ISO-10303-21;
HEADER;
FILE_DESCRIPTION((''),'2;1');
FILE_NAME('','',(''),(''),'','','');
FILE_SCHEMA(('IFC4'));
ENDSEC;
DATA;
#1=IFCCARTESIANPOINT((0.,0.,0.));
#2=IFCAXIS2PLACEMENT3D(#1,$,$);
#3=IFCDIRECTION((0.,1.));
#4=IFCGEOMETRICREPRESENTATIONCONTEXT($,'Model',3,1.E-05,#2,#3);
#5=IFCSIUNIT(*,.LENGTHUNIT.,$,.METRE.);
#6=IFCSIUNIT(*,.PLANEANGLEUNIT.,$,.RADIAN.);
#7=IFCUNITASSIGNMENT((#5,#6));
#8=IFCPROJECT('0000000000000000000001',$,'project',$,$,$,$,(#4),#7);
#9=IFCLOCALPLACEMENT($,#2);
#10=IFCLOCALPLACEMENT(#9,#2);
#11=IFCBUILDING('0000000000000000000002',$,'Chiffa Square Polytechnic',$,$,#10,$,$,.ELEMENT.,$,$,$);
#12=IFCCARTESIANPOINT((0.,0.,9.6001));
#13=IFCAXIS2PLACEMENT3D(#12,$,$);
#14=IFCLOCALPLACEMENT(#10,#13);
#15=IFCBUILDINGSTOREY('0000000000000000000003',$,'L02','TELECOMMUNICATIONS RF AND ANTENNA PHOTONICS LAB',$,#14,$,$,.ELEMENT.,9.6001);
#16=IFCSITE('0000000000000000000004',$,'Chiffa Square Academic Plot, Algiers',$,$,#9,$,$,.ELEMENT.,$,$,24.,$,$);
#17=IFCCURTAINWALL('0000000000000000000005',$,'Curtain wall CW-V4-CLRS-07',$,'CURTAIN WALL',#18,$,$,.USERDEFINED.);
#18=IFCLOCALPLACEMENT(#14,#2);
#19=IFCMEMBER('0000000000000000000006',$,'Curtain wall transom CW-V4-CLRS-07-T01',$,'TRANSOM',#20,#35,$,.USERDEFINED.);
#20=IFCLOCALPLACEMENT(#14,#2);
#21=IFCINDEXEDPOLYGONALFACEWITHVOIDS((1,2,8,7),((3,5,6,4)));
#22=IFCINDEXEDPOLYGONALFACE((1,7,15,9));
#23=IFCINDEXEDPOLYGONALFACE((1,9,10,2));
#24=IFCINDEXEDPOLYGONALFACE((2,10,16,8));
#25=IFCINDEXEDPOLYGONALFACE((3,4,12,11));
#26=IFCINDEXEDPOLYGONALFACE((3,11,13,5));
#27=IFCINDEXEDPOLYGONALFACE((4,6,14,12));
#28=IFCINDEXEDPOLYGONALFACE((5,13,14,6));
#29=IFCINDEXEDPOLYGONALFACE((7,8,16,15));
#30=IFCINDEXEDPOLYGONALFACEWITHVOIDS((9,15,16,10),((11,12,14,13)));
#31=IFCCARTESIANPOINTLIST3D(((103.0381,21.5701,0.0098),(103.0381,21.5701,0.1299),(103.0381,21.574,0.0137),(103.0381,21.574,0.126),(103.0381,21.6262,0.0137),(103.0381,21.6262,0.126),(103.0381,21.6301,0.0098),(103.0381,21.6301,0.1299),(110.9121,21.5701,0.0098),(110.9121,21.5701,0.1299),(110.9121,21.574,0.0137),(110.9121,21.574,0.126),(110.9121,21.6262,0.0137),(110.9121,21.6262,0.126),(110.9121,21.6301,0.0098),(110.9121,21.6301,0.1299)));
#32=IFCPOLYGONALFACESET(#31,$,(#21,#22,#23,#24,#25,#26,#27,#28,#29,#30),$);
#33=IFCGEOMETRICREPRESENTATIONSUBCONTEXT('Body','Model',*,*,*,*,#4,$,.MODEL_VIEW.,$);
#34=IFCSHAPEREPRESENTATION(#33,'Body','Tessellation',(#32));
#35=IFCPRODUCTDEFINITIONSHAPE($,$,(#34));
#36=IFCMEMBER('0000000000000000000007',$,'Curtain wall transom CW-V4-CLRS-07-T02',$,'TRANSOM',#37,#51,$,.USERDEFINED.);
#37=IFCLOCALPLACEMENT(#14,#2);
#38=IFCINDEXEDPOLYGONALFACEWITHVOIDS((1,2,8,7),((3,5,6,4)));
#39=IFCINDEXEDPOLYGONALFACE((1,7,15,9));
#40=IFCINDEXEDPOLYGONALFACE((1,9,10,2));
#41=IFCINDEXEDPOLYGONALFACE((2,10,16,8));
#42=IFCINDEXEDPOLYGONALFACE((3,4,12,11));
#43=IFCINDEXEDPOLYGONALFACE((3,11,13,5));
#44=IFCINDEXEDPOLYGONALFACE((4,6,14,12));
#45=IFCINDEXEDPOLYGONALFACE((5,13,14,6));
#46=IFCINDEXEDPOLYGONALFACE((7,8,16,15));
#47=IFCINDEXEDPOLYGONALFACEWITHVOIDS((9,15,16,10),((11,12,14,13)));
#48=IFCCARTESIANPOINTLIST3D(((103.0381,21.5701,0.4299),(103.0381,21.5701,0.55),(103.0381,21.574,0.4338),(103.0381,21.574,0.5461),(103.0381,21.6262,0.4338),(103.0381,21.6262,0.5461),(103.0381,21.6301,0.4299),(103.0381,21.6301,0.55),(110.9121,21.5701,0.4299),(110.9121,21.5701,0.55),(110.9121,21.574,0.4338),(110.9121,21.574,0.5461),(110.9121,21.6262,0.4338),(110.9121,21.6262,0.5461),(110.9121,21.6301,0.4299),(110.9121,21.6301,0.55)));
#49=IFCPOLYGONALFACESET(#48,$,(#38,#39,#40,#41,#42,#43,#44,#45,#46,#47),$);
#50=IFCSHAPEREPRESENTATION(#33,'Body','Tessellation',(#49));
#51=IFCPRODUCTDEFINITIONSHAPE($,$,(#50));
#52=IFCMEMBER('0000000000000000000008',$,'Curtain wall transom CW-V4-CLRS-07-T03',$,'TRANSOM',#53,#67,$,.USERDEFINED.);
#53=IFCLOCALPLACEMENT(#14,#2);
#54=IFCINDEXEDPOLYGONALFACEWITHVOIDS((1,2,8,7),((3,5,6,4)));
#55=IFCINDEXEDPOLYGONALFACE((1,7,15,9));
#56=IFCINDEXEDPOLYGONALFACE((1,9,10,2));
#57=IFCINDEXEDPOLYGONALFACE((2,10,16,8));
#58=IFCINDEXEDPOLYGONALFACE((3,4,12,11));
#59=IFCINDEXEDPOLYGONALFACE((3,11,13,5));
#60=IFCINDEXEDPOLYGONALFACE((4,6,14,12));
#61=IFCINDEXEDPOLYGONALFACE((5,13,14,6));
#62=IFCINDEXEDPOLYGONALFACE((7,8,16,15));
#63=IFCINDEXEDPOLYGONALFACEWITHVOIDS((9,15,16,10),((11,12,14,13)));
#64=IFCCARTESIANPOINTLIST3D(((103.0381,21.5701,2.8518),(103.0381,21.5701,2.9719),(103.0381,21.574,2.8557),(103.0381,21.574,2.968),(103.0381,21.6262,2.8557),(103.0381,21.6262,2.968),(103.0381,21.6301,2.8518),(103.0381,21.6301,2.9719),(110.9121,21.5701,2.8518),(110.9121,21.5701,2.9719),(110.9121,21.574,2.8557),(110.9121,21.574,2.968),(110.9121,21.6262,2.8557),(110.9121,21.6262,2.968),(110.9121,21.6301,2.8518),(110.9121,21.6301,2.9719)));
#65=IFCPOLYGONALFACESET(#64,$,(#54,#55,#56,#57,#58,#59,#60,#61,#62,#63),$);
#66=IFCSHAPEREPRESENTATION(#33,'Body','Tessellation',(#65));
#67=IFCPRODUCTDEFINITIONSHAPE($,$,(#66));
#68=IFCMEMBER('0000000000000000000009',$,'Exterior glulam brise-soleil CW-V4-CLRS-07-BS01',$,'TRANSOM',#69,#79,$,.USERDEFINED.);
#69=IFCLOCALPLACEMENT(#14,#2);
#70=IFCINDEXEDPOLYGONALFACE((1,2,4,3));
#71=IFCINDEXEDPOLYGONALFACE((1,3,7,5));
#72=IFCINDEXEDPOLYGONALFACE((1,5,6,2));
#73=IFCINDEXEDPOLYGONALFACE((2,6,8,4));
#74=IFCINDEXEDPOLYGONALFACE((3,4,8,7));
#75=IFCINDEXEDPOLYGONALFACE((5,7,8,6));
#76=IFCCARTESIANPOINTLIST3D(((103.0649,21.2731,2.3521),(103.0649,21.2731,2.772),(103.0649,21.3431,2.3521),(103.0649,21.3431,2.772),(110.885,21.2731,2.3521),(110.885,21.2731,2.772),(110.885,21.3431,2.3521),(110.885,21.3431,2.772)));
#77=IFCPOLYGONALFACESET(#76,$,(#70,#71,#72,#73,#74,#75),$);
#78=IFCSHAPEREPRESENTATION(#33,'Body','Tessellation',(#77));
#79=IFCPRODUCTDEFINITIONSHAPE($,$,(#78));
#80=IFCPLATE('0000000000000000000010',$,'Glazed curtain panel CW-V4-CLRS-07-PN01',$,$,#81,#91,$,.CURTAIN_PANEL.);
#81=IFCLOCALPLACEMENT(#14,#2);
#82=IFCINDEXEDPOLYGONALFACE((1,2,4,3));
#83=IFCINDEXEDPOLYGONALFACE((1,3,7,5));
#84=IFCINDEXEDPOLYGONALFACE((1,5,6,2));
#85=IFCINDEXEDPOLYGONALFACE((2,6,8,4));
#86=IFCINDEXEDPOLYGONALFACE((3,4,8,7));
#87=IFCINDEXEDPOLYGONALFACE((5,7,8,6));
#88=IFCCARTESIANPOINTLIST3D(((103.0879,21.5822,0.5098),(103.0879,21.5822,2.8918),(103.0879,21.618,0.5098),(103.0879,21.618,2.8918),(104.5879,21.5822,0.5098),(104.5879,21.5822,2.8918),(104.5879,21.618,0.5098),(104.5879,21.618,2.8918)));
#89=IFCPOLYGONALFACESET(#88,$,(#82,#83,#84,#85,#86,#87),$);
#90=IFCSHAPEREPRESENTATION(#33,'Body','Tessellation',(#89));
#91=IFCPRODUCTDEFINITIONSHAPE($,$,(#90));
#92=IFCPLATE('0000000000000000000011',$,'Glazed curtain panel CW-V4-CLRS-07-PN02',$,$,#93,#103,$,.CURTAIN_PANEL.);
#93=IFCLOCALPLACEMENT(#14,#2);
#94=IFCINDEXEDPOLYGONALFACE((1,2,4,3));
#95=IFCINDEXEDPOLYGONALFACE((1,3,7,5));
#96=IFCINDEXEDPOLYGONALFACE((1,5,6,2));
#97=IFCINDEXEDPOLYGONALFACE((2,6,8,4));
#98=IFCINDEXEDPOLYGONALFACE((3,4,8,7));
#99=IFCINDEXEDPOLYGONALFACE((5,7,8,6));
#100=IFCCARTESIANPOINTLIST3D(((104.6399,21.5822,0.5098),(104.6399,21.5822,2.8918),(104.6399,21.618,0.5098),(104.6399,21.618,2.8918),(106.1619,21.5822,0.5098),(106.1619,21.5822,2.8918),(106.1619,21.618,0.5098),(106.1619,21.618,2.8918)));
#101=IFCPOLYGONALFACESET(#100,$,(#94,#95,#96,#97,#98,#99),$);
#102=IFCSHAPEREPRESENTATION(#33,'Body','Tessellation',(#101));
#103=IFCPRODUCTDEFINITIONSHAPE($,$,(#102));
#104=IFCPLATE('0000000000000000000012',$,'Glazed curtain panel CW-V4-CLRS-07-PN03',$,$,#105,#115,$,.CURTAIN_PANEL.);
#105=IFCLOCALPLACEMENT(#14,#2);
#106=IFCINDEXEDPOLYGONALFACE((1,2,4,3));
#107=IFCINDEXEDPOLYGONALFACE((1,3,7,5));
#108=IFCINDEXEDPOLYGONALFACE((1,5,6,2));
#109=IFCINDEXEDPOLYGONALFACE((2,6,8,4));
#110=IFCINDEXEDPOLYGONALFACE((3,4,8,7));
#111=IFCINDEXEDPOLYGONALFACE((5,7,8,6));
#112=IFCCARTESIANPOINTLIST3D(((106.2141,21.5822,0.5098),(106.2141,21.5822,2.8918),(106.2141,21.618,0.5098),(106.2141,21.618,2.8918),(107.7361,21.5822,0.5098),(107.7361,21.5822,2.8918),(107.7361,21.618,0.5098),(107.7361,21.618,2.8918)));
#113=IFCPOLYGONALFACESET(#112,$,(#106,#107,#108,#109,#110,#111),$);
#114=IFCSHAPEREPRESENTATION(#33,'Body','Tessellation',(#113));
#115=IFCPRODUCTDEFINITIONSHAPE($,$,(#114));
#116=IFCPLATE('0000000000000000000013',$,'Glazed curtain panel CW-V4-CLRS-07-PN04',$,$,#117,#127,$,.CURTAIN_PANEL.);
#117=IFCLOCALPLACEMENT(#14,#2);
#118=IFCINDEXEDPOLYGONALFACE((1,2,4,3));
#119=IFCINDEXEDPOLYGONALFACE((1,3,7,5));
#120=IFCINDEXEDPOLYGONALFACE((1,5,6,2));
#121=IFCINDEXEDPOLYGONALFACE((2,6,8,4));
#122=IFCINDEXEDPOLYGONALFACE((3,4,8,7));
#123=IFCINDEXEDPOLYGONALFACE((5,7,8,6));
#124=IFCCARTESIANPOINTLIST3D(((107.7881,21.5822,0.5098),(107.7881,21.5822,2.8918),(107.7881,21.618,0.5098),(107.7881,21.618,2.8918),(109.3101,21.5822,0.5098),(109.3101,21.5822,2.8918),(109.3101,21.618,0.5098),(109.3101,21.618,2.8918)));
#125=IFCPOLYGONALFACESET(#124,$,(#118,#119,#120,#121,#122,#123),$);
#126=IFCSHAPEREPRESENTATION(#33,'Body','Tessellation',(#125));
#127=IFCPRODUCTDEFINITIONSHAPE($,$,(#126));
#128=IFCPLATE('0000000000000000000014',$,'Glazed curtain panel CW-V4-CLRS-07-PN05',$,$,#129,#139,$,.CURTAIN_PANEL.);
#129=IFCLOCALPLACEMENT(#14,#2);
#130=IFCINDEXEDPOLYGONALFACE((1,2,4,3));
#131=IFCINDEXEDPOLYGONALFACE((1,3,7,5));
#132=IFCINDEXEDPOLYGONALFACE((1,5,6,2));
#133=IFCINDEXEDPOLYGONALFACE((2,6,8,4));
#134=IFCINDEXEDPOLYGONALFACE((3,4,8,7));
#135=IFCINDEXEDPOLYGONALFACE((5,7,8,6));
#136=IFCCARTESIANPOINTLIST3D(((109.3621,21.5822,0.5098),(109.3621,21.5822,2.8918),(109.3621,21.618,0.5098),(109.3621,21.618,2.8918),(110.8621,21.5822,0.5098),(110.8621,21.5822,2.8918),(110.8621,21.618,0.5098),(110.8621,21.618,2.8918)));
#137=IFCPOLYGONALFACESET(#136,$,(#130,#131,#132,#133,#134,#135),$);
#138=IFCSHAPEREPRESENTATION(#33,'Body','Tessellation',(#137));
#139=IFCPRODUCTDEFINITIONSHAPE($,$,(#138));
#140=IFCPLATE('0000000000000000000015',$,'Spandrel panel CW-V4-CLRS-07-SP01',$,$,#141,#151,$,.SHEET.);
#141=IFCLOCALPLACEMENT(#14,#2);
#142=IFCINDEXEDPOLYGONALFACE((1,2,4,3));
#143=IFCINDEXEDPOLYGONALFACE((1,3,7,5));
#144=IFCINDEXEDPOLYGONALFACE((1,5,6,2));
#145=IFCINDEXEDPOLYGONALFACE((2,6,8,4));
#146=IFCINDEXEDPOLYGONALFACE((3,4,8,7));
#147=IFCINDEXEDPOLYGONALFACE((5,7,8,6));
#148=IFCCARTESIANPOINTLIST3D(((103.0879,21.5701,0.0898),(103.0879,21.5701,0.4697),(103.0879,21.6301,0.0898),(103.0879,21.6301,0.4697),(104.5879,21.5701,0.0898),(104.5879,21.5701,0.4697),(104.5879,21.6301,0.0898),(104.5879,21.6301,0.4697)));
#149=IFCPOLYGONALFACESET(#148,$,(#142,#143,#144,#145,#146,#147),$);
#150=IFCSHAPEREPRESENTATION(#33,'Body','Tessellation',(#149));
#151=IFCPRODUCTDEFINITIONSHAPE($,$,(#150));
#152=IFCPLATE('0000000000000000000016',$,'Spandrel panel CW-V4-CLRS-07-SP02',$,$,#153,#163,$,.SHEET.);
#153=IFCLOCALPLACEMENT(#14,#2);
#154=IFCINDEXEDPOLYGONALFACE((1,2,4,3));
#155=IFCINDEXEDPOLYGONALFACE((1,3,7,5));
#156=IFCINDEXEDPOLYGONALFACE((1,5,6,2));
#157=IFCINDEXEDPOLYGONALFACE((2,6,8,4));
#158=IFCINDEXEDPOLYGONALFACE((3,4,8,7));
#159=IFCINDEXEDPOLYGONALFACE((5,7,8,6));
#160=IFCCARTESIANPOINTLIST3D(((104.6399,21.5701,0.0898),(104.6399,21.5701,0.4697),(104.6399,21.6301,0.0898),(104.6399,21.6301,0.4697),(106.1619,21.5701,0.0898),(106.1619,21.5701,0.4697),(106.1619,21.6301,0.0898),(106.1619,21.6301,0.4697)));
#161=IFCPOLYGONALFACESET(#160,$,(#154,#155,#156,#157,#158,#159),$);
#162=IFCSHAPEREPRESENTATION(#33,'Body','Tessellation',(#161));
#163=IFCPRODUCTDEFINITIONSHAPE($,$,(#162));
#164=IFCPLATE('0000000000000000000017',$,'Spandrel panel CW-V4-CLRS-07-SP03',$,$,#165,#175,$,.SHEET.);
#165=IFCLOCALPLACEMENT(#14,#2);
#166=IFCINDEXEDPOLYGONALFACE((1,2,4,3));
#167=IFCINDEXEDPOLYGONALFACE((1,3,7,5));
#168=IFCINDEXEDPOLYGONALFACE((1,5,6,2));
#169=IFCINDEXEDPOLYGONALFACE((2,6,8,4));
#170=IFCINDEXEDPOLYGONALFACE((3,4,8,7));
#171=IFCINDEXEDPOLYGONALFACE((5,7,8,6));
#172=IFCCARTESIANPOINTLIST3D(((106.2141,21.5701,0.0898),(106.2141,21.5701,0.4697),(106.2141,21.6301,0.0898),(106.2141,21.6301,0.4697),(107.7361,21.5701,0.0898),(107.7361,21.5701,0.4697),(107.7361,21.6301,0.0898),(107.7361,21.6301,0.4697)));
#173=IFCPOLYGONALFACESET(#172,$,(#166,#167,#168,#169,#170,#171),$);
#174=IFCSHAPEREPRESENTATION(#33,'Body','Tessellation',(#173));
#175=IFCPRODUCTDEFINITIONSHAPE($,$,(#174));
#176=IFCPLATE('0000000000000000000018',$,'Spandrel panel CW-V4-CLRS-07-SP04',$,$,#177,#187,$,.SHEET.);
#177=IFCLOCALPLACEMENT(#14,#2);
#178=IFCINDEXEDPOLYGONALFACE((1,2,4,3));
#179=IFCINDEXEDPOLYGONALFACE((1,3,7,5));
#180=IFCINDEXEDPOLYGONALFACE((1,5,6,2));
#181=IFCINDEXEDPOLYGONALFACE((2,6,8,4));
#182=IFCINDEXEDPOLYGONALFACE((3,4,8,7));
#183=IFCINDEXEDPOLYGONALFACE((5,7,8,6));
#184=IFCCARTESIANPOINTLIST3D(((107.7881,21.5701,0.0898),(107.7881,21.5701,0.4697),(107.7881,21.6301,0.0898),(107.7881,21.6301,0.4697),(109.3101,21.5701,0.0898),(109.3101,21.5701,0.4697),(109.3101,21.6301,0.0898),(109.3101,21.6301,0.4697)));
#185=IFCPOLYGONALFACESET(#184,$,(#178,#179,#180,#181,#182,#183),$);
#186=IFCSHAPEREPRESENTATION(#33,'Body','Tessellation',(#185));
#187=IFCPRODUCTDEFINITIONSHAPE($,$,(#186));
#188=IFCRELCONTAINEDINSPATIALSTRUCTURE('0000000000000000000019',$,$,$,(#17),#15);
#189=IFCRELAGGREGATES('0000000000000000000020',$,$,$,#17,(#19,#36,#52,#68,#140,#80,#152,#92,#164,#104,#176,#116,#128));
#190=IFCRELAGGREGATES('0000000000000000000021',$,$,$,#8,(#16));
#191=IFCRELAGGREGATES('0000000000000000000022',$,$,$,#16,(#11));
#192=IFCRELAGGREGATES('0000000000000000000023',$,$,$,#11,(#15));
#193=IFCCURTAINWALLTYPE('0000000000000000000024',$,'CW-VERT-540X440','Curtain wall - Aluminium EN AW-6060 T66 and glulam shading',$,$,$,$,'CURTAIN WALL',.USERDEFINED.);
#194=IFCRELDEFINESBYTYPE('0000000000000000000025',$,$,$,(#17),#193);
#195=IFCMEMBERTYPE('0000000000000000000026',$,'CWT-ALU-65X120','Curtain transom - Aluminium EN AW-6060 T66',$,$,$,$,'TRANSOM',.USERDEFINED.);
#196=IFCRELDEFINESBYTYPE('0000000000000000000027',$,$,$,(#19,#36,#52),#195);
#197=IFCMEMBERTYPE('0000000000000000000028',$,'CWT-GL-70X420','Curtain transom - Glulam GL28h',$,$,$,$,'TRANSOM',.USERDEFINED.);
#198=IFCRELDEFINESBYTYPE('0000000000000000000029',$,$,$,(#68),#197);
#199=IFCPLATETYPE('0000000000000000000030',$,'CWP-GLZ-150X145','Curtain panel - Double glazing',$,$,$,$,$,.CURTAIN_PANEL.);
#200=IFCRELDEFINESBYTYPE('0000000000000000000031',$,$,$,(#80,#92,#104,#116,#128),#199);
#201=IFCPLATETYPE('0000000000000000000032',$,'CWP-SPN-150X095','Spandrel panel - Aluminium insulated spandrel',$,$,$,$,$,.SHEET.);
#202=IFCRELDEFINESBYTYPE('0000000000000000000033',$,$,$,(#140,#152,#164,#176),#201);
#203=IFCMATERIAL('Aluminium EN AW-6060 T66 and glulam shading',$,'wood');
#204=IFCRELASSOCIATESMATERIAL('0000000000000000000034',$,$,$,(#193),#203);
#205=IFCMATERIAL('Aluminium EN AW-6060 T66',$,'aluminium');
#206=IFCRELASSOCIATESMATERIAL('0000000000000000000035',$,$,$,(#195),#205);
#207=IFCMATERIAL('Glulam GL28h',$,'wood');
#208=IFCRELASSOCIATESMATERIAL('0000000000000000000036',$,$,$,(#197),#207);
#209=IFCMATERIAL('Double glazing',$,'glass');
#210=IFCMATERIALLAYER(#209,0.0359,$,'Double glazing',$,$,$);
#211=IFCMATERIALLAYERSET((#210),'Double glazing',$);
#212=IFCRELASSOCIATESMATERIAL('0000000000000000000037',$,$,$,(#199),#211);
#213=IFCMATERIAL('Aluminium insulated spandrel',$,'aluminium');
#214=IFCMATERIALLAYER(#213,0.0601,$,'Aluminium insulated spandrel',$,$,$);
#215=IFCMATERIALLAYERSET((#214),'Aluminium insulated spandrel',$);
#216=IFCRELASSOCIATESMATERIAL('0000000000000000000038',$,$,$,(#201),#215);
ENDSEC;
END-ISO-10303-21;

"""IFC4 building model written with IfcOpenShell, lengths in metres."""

from ifc_helpers import new_model, si_unit, direction, frame, origin, origin_2d, place, context, subcontext, project, spatial, rectangle, hollow_rectangle, extrude, material, layer, layer_set, material_profile, profile_set, type_object, element, aggregate, save


model = new_model("IFC4")

# Units and contexts
model_context = context("Model", 3, precision=1e-05, world=origin(), true_north=direction((0.0, 1.0)))
body_context = subcontext(model_context, "Body", "Model", "MODEL_VIEW")
ifc_project = project(units=[si_unit("LENGTHUNIT", "METRE"), si_unit("PLANEANGLEUNIT", "RADIAN")], contexts=[model_context])

# Site, building, storey
site_placement = place(None, origin())
site = spatial("IfcSite", under=ifc_project, at=site_placement, Name="Chiffa Square Academic Plot, Algiers", CompositionType="ELEMENT", RefElevation=24.0)
building_placement = place(site_placement, origin())
building = spatial("IfcBuilding", under=site, at=building_placement, Name="Chiffa Square Polytechnic", CompositionType="ELEMENT")
storey_placement = place(building_placement, frame((0.0, 0.0, 9.6001)))
storey = spatial("IfcBuildingStorey", under=building, at=storey_placement, Name="L02", Description="TELECOMMUNICATIONS RF AND ANTENNA PHOTONICS LAB", CompositionType="ELEMENT", Elevation=9.6001)

# Curtain wall, members, plates
ifc_material_1 = material(Name="Aluminium EN AW-6060 T66 and glulam shading", Category="wood")
curtain_wall_type = type_object("IfcCurtainWallType", Name="CW-VERT-540X440", Description="Curtain wall - Aluminium EN AW-6060 T66 and glulam shading", ElementType="CURTAIN WALL", PredefinedType="USERDEFINED", material=ifc_material_1)
curtain_wall_placement = place(storey_placement, origin())
curtain_wall = element("IfcCurtainWall", 1, at=curtain_wall_placement, inside=storey, type_object=curtain_wall_type, Name="Curtain wall CW-V4-CLRS-07", ObjectType="CURTAIN WALL", PredefinedType="USERDEFINED")
ifc_material_2 = material(Name="Aluminium EN AW-6060 T66", Category="aluminium")
ifc_material_3 = material(Name="Glulam GL28h", Category="wood")
ifc_material_profile_1 = material_profile(ifc_material_2, hollow_rectangle(XDim=0.0601, YDim=0.1201, WallThickness=0.0039, at=origin_2d()), Name="ALU 60x120x4")
ifc_profile_set_1 = profile_set([ifc_material_profile_1], Name="Aluminium EN AW-6060 T66")
member_type_1 = type_object("IfcMemberType", Name="CWT-ALU-65X120", Description="Curtain transom - Aluminium EN AW-6060 T66", ElementType="TRANSOM", PredefinedType="USERDEFINED", material=ifc_profile_set_1)
member_1_placement = place(storey_placement, frame((103.0381, 21.6001, 0.0698), z_axis=(1.0, 0.0, 0.0), x_axis=(0.0, 1.0, 0.0)))
member_1 = element("IfcMember", 2, at=member_1_placement, type_object=member_type_1, Name="Curtain wall transom CW-V4-CLRS-07-T01", ObjectType="TRANSOM", PredefinedType="USERDEFINED", context=body_context, shape_type="SweptSolid", body=[
    extrude(hollow_rectangle(XDim=0.0601, YDim=0.1201, WallThickness=0.0039, at=origin_2d()), origin(), (0.0, 0.0, 1.0), 7.874),
])
member_2_placement = place(storey_placement, frame((103.0381, 21.6001, 0.49), z_axis=(1.0, 0.0, 0.0), x_axis=(0.0, 1.0, 0.0)))
member_2 = element("IfcMember", 3, at=member_2_placement, type_object=member_type_1, Name="Curtain wall transom CW-V4-CLRS-07-T02", ObjectType="TRANSOM", PredefinedType="USERDEFINED", context=body_context, shape_type="SweptSolid", body=[
    extrude(hollow_rectangle(XDim=0.0601, YDim=0.1201, WallThickness=0.0039, at=origin_2d()), origin(), (0.0, 0.0, 1.0), 7.874),
])
member_3_placement = place(storey_placement, frame((103.0381, 21.6001, 2.9119), z_axis=(1.0, 0.0, 0.0), x_axis=(0.0, 1.0, 0.0)))
member_3 = element("IfcMember", 4, at=member_3_placement, type_object=member_type_1, Name="Curtain wall transom CW-V4-CLRS-07-T03", ObjectType="TRANSOM", PredefinedType="USERDEFINED", context=body_context, shape_type="SweptSolid", body=[
    extrude(hollow_rectangle(XDim=0.0601, YDim=0.1201, WallThickness=0.0039, at=origin_2d()), origin(), (0.0, 0.0, 1.0), 7.874),
])
ifc_material_profile_2 = material_profile(ifc_material_3, rectangle(XDim=0.0701, YDim=0.4199, at=origin_2d()), Name="GL28h 70x420")
ifc_profile_set_2 = profile_set([ifc_material_profile_2], Name="Glulam GL28h")
member_type_2 = type_object("IfcMemberType", Name="CWT-GL-70X420", Description="Curtain transom - Glulam GL28h", ElementType="TRANSOM", PredefinedType="USERDEFINED", material=ifc_profile_set_2)
member_4_placement = place(storey_placement, frame((103.0649, 21.3081, 2.562), z_axis=(1.0, 0.0, 0.0), x_axis=(0.0, 1.0, 0.0)))
member_4 = element("IfcMember", 5, at=member_4_placement, type_object=member_type_2, Name="Exterior glulam brise-soleil CW-V4-CLRS-07-BS01", ObjectType="TRANSOM", PredefinedType="USERDEFINED", context=body_context, shape_type="SweptSolid", body=[
    extrude(rectangle(XDim=0.0701, YDim=0.4199, at=origin_2d()), origin(), (0.0, 0.0, 1.0), 7.8201),
])
ifc_material_4 = material(Name="Double glazing", Category="glass")
ifc_layer_1 = layer(ifc_material_4, 0.0359, Name="Double glazing")
ifc_layer_set_1 = layer_set([ifc_layer_1], Name="Double glazing")
plate_type_1 = type_object("IfcPlateType", Name="CWP-GLZ-150X145", Description="Curtain panel - Double glazing", PredefinedType="CURTAIN_PANEL", material=ifc_layer_set_1)
plate_1_placement = place(storey_placement, frame((103.8379, 21.6001, 0.5098), z_axis=(0.0, 0.0, 1.0), x_axis=(1.0, 0.0, 0.0)))
plate_1 = element("IfcPlate", 6, at=plate_1_placement, type_object=plate_type_1, Name="Glazed curtain panel CW-V4-CLRS-07-PN01", PredefinedType="CURTAIN_PANEL", context=body_context, shape_type="SweptSolid", body=[
    extrude(rectangle(XDim=1.5, YDim=0.0359, at=origin_2d()), origin(), (0.0, 0.0, 1.0), 2.3821),
])
plate_2_placement = place(storey_placement, frame((105.4009, 21.6001, 0.5098), z_axis=(0.0, 0.0, 1.0), x_axis=(1.0, 0.0, 0.0)))
plate_2 = element("IfcPlate", 7, at=plate_2_placement, type_object=plate_type_1, Name="Glazed curtain panel CW-V4-CLRS-07-PN02", PredefinedType="CURTAIN_PANEL", context=body_context, shape_type="SweptSolid", body=[
    extrude(rectangle(XDim=1.522, YDim=0.0359, at=origin_2d()), origin(), (0.0, 0.0, 1.0), 2.3821),
])
plate_3_placement = place(storey_placement, frame((106.9751, 21.6001, 0.5098), z_axis=(0.0, 0.0, 1.0), x_axis=(1.0, 0.0, 0.0)))
plate_3 = element("IfcPlate", 8, at=plate_3_placement, type_object=plate_type_1, Name="Glazed curtain panel CW-V4-CLRS-07-PN03", PredefinedType="CURTAIN_PANEL", context=body_context, shape_type="SweptSolid", body=[
    extrude(rectangle(XDim=1.522, YDim=0.0359, at=origin_2d()), origin(), (0.0, 0.0, 1.0), 2.3821),
])
plate_4_placement = place(storey_placement, frame((108.5491, 21.6001, 0.5098), z_axis=(0.0, 0.0, 1.0), x_axis=(1.0, 0.0, 0.0)))
plate_4 = element("IfcPlate", 9, at=plate_4_placement, type_object=plate_type_1, Name="Glazed curtain panel CW-V4-CLRS-07-PN04", PredefinedType="CURTAIN_PANEL", context=body_context, shape_type="SweptSolid", body=[
    extrude(rectangle(XDim=1.522, YDim=0.0359, at=origin_2d()), origin(), (0.0, 0.0, 1.0), 2.3821),
])
plate_5_placement = place(storey_placement, frame((110.1121, 21.6001, 0.5098), z_axis=(0.0, 0.0, 1.0), x_axis=(1.0, 0.0, 0.0)))
plate_5 = element("IfcPlate", 10, at=plate_5_placement, type_object=plate_type_1, Name="Glazed curtain panel CW-V4-CLRS-07-PN05", PredefinedType="CURTAIN_PANEL", context=body_context, shape_type="SweptSolid", body=[
    extrude(rectangle(XDim=1.5, YDim=0.0359, at=origin_2d()), origin(), (0.0, 0.0, 1.0), 2.3821),
])
ifc_material_5 = material(Name="Aluminium insulated spandrel", Category="aluminium")
ifc_layer_2 = layer(ifc_material_5, 0.0601, Name="Aluminium insulated spandrel")
ifc_layer_set_2 = layer_set([ifc_layer_2], Name="Aluminium insulated spandrel")
plate_type_2 = type_object("IfcPlateType", Name="CWP-SPN-150X095", Description="Spandrel panel - Aluminium insulated spandrel", PredefinedType="SHEET", material=ifc_layer_set_2)
plate_6_placement = place(storey_placement, frame((103.8379, 21.6001, 0.0898), z_axis=(0.0, 0.0, 1.0), x_axis=(1.0, 0.0, 0.0)))
plate_6 = element("IfcPlate", 11, at=plate_6_placement, type_object=plate_type_2, Name="Spandrel panel CW-V4-CLRS-07-SP01", PredefinedType="SHEET", context=body_context, shape_type="SweptSolid", body=[
    extrude(rectangle(XDim=1.5, YDim=0.0601, at=origin_2d()), origin(), (0.0, 0.0, 1.0), 0.3799),
])
plate_7_placement = place(storey_placement, frame((105.4009, 21.6001, 0.0898), z_axis=(0.0, 0.0, 1.0), x_axis=(1.0, 0.0, 0.0)))
plate_7 = element("IfcPlate", 12, at=plate_7_placement, type_object=plate_type_2, Name="Spandrel panel CW-V4-CLRS-07-SP02", PredefinedType="SHEET", context=body_context, shape_type="SweptSolid", body=[
    extrude(rectangle(XDim=1.522, YDim=0.0601, at=origin_2d()), origin(), (0.0, 0.0, 1.0), 0.3799),
])
plate_8_placement = place(storey_placement, frame((106.9751, 21.6001, 0.0898), z_axis=(0.0, 0.0, 1.0), x_axis=(1.0, 0.0, 0.0)))
plate_8 = element("IfcPlate", 13, at=plate_8_placement, type_object=plate_type_2, Name="Spandrel panel CW-V4-CLRS-07-SP03", PredefinedType="SHEET", context=body_context, shape_type="SweptSolid", body=[
    extrude(rectangle(XDim=1.522, YDim=0.0601, at=origin_2d()), origin(), (0.0, 0.0, 1.0), 0.3799),
])
plate_9_placement = place(storey_placement, frame((108.5491, 21.6001, 0.0898), z_axis=(0.0, 0.0, 1.0), x_axis=(1.0, 0.0, 0.0)))
plate_9 = element("IfcPlate", 14, at=plate_9_placement, type_object=plate_type_2, Name="Spandrel panel CW-V4-CLRS-07-SP04", PredefinedType="SHEET", context=body_context, shape_type="SweptSolid", body=[
    extrude(rectangle(XDim=1.522, YDim=0.0601, at=origin_2d()), origin(), (0.0, 0.0, 1.0), 0.3799),
])
aggregate(curtain_wall, [member_1, member_2, member_3, member_4, plate_6, plate_1, plate_7, plate_2, plate_8, plate_3, plate_9, plate_4, plate_5])

save(model, "model.ifc")
